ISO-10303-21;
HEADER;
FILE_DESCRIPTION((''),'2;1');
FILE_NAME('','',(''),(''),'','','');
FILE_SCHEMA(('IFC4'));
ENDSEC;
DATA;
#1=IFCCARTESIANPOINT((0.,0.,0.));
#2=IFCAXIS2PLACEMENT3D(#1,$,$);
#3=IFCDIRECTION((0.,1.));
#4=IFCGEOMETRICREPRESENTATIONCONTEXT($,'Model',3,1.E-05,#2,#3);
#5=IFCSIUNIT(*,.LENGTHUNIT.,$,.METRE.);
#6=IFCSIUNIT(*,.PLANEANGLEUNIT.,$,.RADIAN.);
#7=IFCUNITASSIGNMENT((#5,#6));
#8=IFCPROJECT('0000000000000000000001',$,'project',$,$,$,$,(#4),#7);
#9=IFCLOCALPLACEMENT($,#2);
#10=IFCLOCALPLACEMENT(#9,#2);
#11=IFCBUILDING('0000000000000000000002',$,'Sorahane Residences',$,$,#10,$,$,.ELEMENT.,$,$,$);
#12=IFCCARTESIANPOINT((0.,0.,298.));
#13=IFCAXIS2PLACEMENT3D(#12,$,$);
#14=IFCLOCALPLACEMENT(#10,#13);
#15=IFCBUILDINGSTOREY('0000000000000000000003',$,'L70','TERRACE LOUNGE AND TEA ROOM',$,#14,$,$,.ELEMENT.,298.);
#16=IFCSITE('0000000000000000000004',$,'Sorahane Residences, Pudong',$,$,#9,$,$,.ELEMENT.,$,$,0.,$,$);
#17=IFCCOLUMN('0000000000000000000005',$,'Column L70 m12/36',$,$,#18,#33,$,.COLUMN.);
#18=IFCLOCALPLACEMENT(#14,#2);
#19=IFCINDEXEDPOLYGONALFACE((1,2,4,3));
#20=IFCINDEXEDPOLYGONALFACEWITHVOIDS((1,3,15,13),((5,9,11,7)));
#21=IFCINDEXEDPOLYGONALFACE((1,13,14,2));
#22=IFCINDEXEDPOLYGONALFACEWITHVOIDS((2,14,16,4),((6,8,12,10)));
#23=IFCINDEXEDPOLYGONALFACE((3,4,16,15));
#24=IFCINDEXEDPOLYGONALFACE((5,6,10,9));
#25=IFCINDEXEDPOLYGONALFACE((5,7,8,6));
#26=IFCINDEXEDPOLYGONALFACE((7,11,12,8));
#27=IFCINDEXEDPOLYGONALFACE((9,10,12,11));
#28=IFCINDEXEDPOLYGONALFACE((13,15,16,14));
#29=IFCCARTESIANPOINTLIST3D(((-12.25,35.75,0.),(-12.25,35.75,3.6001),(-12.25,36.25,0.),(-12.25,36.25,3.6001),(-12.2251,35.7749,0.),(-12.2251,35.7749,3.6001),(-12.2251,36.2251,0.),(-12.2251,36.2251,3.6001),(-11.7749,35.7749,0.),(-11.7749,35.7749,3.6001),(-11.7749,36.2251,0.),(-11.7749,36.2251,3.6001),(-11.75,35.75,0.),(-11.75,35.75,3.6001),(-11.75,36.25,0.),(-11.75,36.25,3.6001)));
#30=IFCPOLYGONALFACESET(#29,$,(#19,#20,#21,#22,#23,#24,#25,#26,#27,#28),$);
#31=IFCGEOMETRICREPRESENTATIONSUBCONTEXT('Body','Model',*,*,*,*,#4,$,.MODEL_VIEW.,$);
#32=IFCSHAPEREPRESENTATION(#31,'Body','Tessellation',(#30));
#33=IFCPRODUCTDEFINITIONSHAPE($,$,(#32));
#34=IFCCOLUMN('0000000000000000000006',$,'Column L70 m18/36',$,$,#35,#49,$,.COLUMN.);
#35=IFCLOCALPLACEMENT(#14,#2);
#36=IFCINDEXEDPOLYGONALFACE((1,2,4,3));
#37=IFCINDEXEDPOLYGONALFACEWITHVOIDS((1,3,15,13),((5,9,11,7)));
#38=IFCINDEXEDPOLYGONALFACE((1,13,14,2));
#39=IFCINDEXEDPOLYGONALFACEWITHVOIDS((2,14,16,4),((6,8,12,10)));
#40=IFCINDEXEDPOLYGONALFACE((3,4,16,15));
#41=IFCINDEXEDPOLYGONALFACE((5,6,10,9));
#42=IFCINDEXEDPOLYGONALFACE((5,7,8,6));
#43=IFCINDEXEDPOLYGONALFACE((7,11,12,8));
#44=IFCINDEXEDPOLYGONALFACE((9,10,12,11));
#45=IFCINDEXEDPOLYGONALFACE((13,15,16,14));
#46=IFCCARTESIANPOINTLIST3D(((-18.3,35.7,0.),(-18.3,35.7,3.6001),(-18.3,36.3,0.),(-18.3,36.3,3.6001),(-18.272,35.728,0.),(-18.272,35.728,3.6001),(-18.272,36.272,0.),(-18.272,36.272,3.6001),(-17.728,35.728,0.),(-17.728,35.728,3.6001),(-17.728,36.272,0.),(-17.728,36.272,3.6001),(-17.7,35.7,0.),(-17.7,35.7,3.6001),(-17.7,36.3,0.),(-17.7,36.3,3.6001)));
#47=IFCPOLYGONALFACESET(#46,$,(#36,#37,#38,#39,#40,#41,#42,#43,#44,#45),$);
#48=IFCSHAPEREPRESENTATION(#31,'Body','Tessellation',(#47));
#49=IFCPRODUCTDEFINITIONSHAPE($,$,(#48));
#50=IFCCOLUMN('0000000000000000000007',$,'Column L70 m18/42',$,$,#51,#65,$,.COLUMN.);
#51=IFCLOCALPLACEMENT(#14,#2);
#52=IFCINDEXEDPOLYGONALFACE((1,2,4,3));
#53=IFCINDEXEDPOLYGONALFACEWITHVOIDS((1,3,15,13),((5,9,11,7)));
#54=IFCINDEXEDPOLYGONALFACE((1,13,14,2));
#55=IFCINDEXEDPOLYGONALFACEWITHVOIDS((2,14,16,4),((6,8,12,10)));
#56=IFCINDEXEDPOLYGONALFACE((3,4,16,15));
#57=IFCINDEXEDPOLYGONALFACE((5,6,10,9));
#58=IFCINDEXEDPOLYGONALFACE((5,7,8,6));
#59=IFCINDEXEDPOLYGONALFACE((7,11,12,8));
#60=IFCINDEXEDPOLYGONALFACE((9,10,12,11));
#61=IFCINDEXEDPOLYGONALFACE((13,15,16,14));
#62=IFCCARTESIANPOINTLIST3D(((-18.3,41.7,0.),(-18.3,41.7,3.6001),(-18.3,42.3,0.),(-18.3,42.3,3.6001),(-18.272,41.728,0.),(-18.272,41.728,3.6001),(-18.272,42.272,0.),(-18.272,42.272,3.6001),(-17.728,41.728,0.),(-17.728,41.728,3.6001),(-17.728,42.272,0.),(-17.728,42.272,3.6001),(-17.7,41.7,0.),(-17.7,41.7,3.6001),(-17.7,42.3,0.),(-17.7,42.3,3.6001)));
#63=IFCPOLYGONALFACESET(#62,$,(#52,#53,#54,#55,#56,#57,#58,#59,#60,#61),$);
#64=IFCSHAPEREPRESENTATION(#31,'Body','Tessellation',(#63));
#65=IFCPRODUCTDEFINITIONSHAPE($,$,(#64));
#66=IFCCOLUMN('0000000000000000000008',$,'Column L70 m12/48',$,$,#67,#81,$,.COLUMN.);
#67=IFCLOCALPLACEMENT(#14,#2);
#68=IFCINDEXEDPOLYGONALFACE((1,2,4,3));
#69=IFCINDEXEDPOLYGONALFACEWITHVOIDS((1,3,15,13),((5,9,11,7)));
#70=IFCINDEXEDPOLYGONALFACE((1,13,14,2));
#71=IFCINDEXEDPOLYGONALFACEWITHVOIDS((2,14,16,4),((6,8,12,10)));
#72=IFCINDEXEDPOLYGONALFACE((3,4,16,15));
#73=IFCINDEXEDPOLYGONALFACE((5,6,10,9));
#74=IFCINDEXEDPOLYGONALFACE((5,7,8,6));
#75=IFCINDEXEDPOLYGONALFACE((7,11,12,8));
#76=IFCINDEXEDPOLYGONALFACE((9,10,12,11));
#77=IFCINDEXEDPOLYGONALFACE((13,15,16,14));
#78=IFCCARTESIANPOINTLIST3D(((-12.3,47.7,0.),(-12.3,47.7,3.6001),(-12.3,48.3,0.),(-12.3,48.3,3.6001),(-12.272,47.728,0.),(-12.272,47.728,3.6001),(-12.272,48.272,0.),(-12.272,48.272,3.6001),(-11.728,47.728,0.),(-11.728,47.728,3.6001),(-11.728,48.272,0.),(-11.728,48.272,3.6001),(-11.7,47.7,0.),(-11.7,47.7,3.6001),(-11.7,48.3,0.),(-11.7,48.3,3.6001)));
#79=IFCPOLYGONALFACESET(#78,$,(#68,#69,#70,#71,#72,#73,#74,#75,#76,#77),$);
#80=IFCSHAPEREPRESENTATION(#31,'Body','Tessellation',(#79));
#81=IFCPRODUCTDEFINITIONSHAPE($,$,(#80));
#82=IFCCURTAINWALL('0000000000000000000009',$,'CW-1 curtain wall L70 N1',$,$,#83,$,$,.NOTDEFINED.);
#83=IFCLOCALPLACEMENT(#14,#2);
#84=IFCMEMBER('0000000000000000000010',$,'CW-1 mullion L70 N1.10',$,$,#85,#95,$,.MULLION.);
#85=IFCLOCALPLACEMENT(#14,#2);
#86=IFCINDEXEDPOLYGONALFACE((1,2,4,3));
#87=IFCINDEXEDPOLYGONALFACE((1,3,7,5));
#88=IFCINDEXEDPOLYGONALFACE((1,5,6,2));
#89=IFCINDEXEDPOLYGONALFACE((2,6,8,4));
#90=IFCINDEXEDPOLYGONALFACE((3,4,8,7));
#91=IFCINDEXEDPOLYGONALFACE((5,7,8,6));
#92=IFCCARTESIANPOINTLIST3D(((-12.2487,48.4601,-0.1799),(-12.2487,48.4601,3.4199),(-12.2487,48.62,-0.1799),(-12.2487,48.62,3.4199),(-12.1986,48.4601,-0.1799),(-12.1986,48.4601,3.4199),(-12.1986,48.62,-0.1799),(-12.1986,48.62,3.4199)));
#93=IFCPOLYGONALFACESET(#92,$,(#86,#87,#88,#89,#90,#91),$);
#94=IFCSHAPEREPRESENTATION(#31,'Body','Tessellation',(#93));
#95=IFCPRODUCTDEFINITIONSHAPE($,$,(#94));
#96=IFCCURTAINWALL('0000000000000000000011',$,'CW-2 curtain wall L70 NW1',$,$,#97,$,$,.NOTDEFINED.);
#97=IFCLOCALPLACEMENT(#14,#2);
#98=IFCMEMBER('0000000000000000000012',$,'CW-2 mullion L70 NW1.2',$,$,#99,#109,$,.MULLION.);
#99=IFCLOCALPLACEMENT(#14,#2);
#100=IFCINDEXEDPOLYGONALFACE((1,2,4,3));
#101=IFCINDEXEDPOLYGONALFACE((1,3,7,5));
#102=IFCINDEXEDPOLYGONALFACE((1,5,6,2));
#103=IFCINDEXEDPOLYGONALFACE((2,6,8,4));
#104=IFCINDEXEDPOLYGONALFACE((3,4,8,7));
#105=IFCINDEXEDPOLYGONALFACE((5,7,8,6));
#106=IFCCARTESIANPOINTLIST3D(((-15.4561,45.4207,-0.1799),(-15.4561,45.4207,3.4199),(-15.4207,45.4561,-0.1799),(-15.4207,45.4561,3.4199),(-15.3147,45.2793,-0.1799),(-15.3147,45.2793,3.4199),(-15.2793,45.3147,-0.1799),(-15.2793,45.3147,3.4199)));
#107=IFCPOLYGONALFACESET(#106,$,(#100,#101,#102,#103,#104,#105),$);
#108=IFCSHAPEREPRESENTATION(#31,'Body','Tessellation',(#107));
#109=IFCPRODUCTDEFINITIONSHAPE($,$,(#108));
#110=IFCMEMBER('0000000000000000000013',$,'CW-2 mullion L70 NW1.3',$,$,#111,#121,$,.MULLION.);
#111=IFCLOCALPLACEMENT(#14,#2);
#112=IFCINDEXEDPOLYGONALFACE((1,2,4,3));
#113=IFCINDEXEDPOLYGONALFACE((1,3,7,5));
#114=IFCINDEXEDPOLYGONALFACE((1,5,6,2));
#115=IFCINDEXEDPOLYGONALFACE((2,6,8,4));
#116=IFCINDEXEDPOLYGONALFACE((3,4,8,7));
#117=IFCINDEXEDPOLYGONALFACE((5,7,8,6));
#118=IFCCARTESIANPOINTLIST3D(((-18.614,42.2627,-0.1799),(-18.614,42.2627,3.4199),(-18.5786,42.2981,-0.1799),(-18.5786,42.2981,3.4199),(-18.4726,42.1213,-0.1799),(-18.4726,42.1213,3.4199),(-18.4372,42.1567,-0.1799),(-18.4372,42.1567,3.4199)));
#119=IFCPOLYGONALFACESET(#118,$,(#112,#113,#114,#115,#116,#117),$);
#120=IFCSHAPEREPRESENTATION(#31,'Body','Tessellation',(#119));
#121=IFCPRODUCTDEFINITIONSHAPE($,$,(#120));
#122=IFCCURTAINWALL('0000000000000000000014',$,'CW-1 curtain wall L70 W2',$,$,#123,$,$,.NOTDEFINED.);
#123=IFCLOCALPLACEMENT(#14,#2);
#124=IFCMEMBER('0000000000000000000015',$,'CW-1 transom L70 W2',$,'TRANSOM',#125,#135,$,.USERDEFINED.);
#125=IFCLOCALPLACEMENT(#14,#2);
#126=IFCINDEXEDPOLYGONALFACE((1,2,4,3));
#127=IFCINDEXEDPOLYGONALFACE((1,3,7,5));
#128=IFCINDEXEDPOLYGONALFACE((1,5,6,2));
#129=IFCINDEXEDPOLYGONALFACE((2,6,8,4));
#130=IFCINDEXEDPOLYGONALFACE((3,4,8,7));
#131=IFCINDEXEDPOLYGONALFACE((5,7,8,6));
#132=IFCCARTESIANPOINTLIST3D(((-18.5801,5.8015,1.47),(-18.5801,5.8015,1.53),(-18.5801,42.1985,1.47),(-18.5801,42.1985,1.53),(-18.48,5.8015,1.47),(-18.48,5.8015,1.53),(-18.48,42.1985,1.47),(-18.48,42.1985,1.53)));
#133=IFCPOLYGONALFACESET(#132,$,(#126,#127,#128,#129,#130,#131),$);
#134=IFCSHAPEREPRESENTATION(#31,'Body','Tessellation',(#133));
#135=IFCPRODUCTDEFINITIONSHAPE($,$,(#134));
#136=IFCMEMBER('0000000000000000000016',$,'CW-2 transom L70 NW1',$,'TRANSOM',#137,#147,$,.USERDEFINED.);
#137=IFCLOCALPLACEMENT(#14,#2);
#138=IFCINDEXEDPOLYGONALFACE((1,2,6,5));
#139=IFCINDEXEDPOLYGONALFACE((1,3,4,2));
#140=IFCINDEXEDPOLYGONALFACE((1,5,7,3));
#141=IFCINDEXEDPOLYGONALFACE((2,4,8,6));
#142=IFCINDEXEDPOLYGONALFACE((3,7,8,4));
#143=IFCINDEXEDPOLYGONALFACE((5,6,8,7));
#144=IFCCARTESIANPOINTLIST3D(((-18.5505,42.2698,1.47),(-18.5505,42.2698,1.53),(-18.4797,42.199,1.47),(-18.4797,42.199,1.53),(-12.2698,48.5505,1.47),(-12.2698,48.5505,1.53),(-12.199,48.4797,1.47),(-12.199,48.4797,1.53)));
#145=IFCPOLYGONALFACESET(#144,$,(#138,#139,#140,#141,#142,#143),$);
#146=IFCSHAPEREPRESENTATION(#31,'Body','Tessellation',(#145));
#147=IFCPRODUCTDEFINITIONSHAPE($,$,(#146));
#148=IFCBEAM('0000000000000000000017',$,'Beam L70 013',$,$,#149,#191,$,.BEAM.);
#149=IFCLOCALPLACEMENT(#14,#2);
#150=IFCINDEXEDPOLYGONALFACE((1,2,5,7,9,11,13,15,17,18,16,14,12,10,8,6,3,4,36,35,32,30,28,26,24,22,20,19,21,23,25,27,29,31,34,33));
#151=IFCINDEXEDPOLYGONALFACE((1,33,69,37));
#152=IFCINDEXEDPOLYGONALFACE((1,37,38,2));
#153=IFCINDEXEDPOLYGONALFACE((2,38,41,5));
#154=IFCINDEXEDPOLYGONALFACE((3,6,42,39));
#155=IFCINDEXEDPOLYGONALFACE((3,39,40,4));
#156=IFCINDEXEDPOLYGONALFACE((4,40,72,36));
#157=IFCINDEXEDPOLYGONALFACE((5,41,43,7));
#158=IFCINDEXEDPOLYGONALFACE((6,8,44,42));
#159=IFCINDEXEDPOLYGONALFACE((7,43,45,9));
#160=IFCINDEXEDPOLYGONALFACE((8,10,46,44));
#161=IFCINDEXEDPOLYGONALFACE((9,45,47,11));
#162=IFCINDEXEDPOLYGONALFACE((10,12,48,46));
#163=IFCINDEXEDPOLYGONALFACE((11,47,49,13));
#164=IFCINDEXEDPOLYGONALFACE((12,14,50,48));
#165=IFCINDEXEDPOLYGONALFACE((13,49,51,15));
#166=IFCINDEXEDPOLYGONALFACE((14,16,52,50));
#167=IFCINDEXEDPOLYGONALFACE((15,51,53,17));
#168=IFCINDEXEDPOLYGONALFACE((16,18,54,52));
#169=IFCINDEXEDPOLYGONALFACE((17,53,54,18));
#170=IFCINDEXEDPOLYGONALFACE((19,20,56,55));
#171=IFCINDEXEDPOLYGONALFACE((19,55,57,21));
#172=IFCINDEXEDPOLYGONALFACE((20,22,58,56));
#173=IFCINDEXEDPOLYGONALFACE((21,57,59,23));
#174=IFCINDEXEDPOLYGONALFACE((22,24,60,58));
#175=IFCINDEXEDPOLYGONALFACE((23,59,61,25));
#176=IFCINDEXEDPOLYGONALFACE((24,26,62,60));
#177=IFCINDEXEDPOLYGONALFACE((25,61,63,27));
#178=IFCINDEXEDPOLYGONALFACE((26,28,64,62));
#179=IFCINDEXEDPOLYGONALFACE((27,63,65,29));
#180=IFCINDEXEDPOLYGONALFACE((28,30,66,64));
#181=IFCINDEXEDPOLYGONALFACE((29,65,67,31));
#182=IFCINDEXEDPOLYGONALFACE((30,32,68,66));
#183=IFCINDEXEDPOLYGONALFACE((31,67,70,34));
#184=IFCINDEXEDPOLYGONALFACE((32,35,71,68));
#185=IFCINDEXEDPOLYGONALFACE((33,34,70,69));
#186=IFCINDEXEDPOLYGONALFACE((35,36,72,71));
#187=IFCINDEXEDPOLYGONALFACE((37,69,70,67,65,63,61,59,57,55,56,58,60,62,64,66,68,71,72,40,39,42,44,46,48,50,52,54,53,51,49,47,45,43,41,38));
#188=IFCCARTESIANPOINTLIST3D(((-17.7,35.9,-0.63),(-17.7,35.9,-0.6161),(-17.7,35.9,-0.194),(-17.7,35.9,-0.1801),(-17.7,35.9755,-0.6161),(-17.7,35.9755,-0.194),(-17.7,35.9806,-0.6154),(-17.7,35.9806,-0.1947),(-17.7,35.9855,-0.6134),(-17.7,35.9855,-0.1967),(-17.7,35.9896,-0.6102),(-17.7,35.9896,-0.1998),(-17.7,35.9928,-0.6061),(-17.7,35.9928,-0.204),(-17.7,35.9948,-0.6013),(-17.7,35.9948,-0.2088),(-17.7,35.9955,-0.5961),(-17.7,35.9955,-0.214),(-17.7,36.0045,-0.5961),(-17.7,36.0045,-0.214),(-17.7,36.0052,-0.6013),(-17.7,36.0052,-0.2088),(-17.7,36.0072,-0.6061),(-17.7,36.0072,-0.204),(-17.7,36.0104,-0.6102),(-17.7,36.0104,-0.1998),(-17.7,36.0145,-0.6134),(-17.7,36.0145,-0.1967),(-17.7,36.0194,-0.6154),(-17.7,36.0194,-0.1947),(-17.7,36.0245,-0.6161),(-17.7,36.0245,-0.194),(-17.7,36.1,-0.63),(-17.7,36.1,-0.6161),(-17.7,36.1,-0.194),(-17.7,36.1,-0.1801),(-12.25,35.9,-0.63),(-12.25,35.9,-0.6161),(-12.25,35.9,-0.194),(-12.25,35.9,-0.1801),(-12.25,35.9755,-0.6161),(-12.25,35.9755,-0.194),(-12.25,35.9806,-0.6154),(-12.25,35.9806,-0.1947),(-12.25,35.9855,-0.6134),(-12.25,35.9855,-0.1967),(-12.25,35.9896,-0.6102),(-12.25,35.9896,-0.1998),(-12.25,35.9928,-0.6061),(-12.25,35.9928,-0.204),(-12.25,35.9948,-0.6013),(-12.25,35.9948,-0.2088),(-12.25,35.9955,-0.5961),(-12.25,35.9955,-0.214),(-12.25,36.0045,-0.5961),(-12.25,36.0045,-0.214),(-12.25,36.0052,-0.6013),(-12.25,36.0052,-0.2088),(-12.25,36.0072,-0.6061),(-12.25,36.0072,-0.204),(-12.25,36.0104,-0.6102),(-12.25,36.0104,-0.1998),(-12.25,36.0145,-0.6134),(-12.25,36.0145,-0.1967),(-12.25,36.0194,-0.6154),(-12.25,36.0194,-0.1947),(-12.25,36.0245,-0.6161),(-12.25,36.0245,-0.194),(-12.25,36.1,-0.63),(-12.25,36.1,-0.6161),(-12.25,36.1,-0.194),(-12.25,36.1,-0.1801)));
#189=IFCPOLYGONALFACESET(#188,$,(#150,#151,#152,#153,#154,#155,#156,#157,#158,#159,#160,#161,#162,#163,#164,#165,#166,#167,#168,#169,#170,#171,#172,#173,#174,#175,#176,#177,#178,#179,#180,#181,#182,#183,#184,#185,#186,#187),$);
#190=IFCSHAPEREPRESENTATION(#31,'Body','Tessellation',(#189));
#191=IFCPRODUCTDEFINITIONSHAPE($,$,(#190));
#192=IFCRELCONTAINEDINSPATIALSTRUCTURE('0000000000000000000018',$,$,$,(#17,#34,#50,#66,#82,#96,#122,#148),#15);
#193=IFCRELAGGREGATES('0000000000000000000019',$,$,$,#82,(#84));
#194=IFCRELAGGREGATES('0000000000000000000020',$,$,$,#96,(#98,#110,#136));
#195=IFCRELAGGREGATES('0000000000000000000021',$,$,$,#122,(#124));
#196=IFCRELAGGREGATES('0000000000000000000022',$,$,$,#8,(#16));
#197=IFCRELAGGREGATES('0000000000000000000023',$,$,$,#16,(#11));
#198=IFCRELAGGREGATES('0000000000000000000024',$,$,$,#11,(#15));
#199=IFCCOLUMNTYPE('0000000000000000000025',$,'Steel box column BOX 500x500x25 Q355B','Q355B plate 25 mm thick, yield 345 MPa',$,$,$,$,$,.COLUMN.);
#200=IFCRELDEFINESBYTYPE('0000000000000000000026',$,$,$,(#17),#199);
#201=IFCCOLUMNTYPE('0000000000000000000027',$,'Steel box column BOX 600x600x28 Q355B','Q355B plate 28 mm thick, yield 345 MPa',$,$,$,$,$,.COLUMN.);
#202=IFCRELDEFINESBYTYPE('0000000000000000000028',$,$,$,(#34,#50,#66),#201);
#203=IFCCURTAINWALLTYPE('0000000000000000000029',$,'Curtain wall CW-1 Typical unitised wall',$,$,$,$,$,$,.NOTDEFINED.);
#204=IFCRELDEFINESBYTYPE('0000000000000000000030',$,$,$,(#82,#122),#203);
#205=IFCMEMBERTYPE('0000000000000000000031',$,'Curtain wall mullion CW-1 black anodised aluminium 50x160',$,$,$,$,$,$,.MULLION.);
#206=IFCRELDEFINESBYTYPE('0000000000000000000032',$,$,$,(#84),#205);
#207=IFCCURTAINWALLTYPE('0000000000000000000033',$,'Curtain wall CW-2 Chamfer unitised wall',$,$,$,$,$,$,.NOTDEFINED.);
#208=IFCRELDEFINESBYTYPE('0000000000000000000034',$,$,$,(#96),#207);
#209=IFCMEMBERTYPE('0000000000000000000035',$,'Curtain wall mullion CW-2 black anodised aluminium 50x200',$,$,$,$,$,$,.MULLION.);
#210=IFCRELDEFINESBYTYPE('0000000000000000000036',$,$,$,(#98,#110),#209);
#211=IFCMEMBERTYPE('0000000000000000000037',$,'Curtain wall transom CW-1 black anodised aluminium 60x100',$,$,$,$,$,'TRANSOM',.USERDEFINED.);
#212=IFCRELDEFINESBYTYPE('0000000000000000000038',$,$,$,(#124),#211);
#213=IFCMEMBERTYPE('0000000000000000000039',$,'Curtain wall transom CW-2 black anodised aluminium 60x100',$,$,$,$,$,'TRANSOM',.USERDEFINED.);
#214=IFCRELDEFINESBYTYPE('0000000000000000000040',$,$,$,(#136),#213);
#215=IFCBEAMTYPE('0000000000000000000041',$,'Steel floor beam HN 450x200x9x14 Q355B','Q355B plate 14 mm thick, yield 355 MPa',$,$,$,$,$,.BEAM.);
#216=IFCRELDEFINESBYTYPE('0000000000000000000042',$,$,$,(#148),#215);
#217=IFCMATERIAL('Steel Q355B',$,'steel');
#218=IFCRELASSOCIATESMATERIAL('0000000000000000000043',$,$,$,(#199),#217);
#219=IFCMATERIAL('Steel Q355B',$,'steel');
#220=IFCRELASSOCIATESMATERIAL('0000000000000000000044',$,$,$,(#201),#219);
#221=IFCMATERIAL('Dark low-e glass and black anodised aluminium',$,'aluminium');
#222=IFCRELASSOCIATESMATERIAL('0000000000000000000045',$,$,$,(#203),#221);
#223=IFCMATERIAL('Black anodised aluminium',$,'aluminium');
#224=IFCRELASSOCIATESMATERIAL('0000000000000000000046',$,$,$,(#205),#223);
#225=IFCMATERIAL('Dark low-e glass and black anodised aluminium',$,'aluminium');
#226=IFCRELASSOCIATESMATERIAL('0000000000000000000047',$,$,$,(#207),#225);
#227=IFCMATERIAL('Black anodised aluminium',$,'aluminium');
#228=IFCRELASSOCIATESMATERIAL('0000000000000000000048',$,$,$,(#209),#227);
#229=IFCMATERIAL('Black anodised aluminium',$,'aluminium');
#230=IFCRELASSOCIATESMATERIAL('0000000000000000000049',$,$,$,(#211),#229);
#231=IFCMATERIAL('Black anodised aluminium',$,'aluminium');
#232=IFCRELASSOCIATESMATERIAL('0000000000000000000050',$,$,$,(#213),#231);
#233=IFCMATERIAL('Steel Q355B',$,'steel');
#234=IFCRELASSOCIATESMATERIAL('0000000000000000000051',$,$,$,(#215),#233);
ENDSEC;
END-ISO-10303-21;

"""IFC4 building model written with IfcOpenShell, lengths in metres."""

from ifc_helpers import new_model, si_unit, direction, frame, origin, origin_2d, place, context, subcontext, project, spatial, rectangle, hollow_rectangle, i_section, extrude, material, material_profile, profile_set, type_object, element, aggregate, save


model = new_model("IFC4")

# Units and contexts
model_context = context("Model", 3, precision=1e-05, world=origin(), true_north=direction((0.0, 1.0)))
body_context = subcontext(model_context, "Body", "Model", "MODEL_VIEW")
ifc_project = project(units=[si_unit("LENGTHUNIT", "METRE"), si_unit("PLANEANGLEUNIT", "RADIAN")], contexts=[model_context])

# Site, building, storey
site_placement = place(None, origin())
site = spatial("IfcSite", under=ifc_project, at=site_placement, Name="Sorahane Residences, Pudong", CompositionType="ELEMENT", RefElevation=0.0)
building_placement = place(site_placement, origin())
building = spatial("IfcBuilding", under=site, at=building_placement, Name="Sorahane Residences", CompositionType="ELEMENT")
storey_placement = place(building_placement, frame((0.0, 0.0, 298.0)))
storey = spatial("IfcBuildingStorey", under=building, at=storey_placement, Name="L70", Description="TERRACE LOUNGE AND TEA ROOM", CompositionType="ELEMENT", Elevation=298.0)

# Columns
ifc_material_1 = material(Name="Steel Q355B", Category="steel")
ifc_material_profile_1 = material_profile(ifc_material_1, hollow_rectangle(XDim=0.5, YDim=0.5, WallThickness=0.0249, at=origin_2d()), Name="BOX 500x500x25")
ifc_profile_set_1 = profile_set([ifc_material_profile_1], Name="Steel Q355B")
column_type_1 = type_object("IfcColumnType", Name="Steel box column BOX 500x500x25 Q355B", Description="Q355B plate 25 mm thick, yield 345 MPa", PredefinedType="COLUMN", material=ifc_profile_set_1)
column_placement = place(storey_placement, frame((-12.0, 36.0, 0.0), z_axis=(0.0, 0.0, 1.0), x_axis=(1.0, 0.0, 0.0)))
element("IfcColumn", 1, at=column_placement, inside=storey, type_object=column_type_1, Name="Column L70 m12/36", PredefinedType="COLUMN", context=body_context, shape_type="SweptSolid", body=[
    extrude(hollow_rectangle(XDim=0.5, YDim=0.5, WallThickness=0.0249, at=origin_2d()), origin(), (0.0, 0.0, 1.0), 3.6001),
])
ifc_material_2 = material(Name="Steel Q355B", Category="steel")
ifc_material_profile_2 = material_profile(ifc_material_2, hollow_rectangle(XDim=0.6001, YDim=0.6001, WallThickness=0.0281, at=origin_2d()), Name="BOX 600x600x28")
ifc_profile_set_2 = profile_set([ifc_material_profile_2], Name="Steel Q355B")
column_type_2 = type_object("IfcColumnType", Name="Steel box column BOX 600x600x28 Q355B", Description="Q355B plate 28 mm thick, yield 345 MPa", PredefinedType="COLUMN", material=ifc_profile_set_2)
for number, where, z_axis, x_axis, name in (
    (2, (-18.0, 36.0, 0.0), (0.0, 0.0, 1.0), (1.0, 0.0, 0.0), "Column L70 m18/36"),
    (3, (-18.0, 42.0, 0.0), (0.0, 0.0, 1.0), (1.0, 0.0, 0.0), "Column L70 m18/42"),
    (4, (-12.0, 48.0, 0.0), (0.0, 0.0, 1.0), (1.0, 0.0, 0.0), "Column L70 m12/48"),
):
    element("IfcColumn", number, at=place(storey_placement, frame(where, z_axis=z_axis, x_axis=x_axis)), inside=storey, type_object=column_type_2, Name=name, PredefinedType="COLUMN", context=body_context, shape_type="SweptSolid", body=[
        extrude(hollow_rectangle(XDim=0.6001, YDim=0.6001, WallThickness=0.0281, at=origin_2d()), origin(), (0.0, 0.0, 1.0), 3.6001),
    ])

# Curtain wall, member
ifc_material_3 = material(Name="Dark low-e glass and black anodised aluminium", Category="aluminium")
curtain_wall_type_1 = type_object("IfcCurtainWallType", Name="Curtain wall CW-1 Typical unitised wall", PredefinedType="NOTDEFINED", material=ifc_material_3)
curtain_wall_1_placement = place(storey_placement, origin())
curtain_wall_1 = element("IfcCurtainWall", 5, at=curtain_wall_1_placement, inside=storey, type_object=curtain_wall_type_1, Name="CW-1 curtain wall L70 N1", PredefinedType="NOTDEFINED")
ifc_material_4 = material(Name="Black anodised aluminium", Category="aluminium")
ifc_material_profile_3 = material_profile(ifc_material_4, rectangle(XDim=0.1599, YDim=0.05, at=origin_2d()), Name="Curtain wall mullion CW-1 black anodised aluminium 50x160")
ifc_profile_set_3 = profile_set([ifc_material_profile_3], Name="Black anodised aluminium")
member_type_1 = type_object("IfcMemberType", Name="Curtain wall mullion CW-1 black anodised aluminium 50x160", PredefinedType="MULLION", material=ifc_profile_set_3)
member_1_placement = place(storey_placement, frame((-12.2236, 48.54, -0.1799), z_axis=(0.0, 0.0, 1.0), x_axis=(0.0, 1.0, 0.0)))
member_1 = element("IfcMember", 6, at=member_1_placement, type_object=member_type_1, Name="CW-1 mullion L70 N1.10", PredefinedType="MULLION", context=body_context, shape_type="SweptSolid", body=[
    extrude(rectangle(XDim=0.1599, YDim=0.05, at=origin_2d()), origin(), (0.0, 0.0, 1.0), 3.5999),
])

# Curtain wall, members
ifc_material_5 = material(Name="Dark low-e glass and black anodised aluminium", Category="aluminium")
curtain_wall_type_2 = type_object("IfcCurtainWallType", Name="Curtain wall CW-2 Chamfer unitised wall", PredefinedType="NOTDEFINED", material=ifc_material_5)
curtain_wall_2_placement = place(storey_placement, origin())
curtain_wall_2 = element("IfcCurtainWall", 7, at=curtain_wall_2_placement, inside=storey, type_object=curtain_wall_type_2, Name="CW-2 curtain wall L70 NW1", PredefinedType="NOTDEFINED")
ifc_material_6 = material(Name="Black anodised aluminium", Category="aluminium")
ifc_material_profile_4 = material_profile(ifc_material_6, rectangle(XDim=0.2, YDim=0.05, at=origin_2d()), Name="Curtain wall mullion CW-2 black anodised aluminium 50x200")
ifc_profile_set_4 = profile_set([ifc_material_profile_4], Name="Black anodised aluminium")
member_type_2 = type_object("IfcMemberType", Name="Curtain wall mullion CW-2 black anodised aluminium 50x200", PredefinedType="MULLION", material=ifc_profile_set_4)
member_2_placement = place(storey_placement, frame((-15.3677, 45.3677, -0.1799), z_axis=(0.0, 0.0, 1.0), x_axis=(-0.707107, 0.707107, 0.0)))
member_2 = element("IfcMember", 8, at=member_2_placement, type_object=member_type_2, Name="CW-2 mullion L70 NW1.2", PredefinedType="MULLION", context=body_context, shape_type="SweptSolid", body=[
    extrude(rectangle(XDim=0.2, YDim=0.05, at=origin_2d()), origin(), (0.0, 0.0, 1.0), 3.5999),
])
member_3_placement = place(storey_placement, frame((-18.5256, 42.2097, -0.1799), z_axis=(0.0, 0.0, 1.0), x_axis=(-0.707107, 0.707107, 0.0)))
member_3 = element("IfcMember", 9, at=member_3_placement, type_object=member_type_2, Name="CW-2 mullion L70 NW1.3", PredefinedType="MULLION", context=body_context, shape_type="SweptSolid", body=[
    extrude(rectangle(XDim=0.2, YDim=0.05, at=origin_2d()), origin(), (0.0, 0.0, 1.0), 3.5999),
])

# Curtain wall, member
curtain_wall_3_placement = place(storey_placement, origin())
curtain_wall_3 = element("IfcCurtainWall", 10, at=curtain_wall_3_placement, inside=storey, type_object=curtain_wall_type_1, Name="CW-1 curtain wall L70 W2", PredefinedType="NOTDEFINED")
ifc_material_7 = material(Name="Black anodised aluminium", Category="aluminium")
ifc_material_profile_5 = material_profile(ifc_material_7, rectangle(XDim=0.1001, YDim=0.0601, at=origin_2d()), Name="Curtain wall transom CW-1 black anodised aluminium 60x100")
ifc_profile_set_5 = profile_set([ifc_material_profile_5], Name="Black anodised aluminium")
member_type_3 = type_object("IfcMemberType", Name="Curtain wall transom CW-1 black anodised aluminium 60x100", ElementType="TRANSOM", PredefinedType="USERDEFINED", material=ifc_profile_set_5)
member_4_placement = place(storey_placement, frame((-18.53, 42.1985, 1.5), z_axis=(0.0, -1.0, 0.0), x_axis=(1.0, 0.0, 0.0)))
member_4 = element("IfcMember", 11, at=member_4_placement, type_object=member_type_3, Name="CW-1 transom L70 W2", ObjectType="TRANSOM", PredefinedType="USERDEFINED", context=body_context, shape_type="SweptSolid", body=[
    extrude(rectangle(XDim=0.1001, YDim=0.0601, at=origin_2d()), origin(), (0.0, 0.0, 1.0), 36.397),
])

# Member
ifc_material_8 = material(Name="Black anodised aluminium", Category="aluminium")
ifc_material_profile_6 = material_profile(ifc_material_8, rectangle(XDim=0.1001, YDim=0.0601, at=origin_2d()), Name="Curtain wall transom CW-2 black anodised aluminium 60x100")
ifc_profile_set_6 = profile_set([ifc_material_profile_6], Name="Black anodised aluminium")
member_type_4 = type_object("IfcMemberType", Name="Curtain wall transom CW-2 black anodised aluminium 60x100", ElementType="TRANSOM", PredefinedType="USERDEFINED", material=ifc_profile_set_6)
member_5_placement = place(storey_placement, frame((-12.2344, 48.5151, 1.5), z_axis=(-0.707107, -0.707107, 0.0), x_axis=(0.707107, -0.707107, 0.0)))
member_5 = element("IfcMember", 12, at=member_5_placement, type_object=member_type_4, Name="CW-2 transom L70 NW1", ObjectType="TRANSOM", PredefinedType="USERDEFINED", context=body_context, shape_type="SweptSolid", body=[
    extrude(rectangle(XDim=0.1001, YDim=0.0601, at=origin_2d()), origin(), (0.0, 0.0, 1.0), 8.8823),
])

# Beam
ifc_material_9 = material(Name="Steel Q355B", Category="steel")
ifc_material_profile_7 = material_profile(ifc_material_9, i_section(OverallWidth=0.2, OverallDepth=0.45, WebThickness=0.009, FlangeThickness=0.0139, FilletRadius=0.02, at=origin_2d()), Name="HN 450x200x9x14")
ifc_profile_set_7 = profile_set([ifc_material_profile_7], Name="Steel Q355B")
beam_type_1 = type_object("IfcBeamType", Name="Steel floor beam HN 450x200x9x14 Q355B", Description="Q355B plate 14 mm thick, yield 355 MPa", PredefinedType="BEAM", material=ifc_profile_set_7)
beam_1_placement = place(storey_placement, frame((-17.7, 36.0, -0.405), z_axis=(1.0, 0.0, 0.0), x_axis=(0.0, 1.0, 0.0)))
element("IfcBeam", 13, at=beam_1_placement, inside=storey, type_object=beam_type_1, Name="Beam L70 013", PredefinedType="BEAM", context=body_context, shape_type="SweptSolid", body=[
    extrude(i_section(OverallWidth=0.2, OverallDepth=0.45, WebThickness=0.009, FlangeThickness=0.0139, FilletRadius=0.02, at=origin_2d()), origin(), (0.0, 0.0, 1.0), 5.45),
])

aggregate(curtain_wall_1, [member_1])
aggregate(curtain_wall_2, [member_2, member_3, member_5])
aggregate(curtain_wall_3, [member_4])

save(model, "model.ifc")
